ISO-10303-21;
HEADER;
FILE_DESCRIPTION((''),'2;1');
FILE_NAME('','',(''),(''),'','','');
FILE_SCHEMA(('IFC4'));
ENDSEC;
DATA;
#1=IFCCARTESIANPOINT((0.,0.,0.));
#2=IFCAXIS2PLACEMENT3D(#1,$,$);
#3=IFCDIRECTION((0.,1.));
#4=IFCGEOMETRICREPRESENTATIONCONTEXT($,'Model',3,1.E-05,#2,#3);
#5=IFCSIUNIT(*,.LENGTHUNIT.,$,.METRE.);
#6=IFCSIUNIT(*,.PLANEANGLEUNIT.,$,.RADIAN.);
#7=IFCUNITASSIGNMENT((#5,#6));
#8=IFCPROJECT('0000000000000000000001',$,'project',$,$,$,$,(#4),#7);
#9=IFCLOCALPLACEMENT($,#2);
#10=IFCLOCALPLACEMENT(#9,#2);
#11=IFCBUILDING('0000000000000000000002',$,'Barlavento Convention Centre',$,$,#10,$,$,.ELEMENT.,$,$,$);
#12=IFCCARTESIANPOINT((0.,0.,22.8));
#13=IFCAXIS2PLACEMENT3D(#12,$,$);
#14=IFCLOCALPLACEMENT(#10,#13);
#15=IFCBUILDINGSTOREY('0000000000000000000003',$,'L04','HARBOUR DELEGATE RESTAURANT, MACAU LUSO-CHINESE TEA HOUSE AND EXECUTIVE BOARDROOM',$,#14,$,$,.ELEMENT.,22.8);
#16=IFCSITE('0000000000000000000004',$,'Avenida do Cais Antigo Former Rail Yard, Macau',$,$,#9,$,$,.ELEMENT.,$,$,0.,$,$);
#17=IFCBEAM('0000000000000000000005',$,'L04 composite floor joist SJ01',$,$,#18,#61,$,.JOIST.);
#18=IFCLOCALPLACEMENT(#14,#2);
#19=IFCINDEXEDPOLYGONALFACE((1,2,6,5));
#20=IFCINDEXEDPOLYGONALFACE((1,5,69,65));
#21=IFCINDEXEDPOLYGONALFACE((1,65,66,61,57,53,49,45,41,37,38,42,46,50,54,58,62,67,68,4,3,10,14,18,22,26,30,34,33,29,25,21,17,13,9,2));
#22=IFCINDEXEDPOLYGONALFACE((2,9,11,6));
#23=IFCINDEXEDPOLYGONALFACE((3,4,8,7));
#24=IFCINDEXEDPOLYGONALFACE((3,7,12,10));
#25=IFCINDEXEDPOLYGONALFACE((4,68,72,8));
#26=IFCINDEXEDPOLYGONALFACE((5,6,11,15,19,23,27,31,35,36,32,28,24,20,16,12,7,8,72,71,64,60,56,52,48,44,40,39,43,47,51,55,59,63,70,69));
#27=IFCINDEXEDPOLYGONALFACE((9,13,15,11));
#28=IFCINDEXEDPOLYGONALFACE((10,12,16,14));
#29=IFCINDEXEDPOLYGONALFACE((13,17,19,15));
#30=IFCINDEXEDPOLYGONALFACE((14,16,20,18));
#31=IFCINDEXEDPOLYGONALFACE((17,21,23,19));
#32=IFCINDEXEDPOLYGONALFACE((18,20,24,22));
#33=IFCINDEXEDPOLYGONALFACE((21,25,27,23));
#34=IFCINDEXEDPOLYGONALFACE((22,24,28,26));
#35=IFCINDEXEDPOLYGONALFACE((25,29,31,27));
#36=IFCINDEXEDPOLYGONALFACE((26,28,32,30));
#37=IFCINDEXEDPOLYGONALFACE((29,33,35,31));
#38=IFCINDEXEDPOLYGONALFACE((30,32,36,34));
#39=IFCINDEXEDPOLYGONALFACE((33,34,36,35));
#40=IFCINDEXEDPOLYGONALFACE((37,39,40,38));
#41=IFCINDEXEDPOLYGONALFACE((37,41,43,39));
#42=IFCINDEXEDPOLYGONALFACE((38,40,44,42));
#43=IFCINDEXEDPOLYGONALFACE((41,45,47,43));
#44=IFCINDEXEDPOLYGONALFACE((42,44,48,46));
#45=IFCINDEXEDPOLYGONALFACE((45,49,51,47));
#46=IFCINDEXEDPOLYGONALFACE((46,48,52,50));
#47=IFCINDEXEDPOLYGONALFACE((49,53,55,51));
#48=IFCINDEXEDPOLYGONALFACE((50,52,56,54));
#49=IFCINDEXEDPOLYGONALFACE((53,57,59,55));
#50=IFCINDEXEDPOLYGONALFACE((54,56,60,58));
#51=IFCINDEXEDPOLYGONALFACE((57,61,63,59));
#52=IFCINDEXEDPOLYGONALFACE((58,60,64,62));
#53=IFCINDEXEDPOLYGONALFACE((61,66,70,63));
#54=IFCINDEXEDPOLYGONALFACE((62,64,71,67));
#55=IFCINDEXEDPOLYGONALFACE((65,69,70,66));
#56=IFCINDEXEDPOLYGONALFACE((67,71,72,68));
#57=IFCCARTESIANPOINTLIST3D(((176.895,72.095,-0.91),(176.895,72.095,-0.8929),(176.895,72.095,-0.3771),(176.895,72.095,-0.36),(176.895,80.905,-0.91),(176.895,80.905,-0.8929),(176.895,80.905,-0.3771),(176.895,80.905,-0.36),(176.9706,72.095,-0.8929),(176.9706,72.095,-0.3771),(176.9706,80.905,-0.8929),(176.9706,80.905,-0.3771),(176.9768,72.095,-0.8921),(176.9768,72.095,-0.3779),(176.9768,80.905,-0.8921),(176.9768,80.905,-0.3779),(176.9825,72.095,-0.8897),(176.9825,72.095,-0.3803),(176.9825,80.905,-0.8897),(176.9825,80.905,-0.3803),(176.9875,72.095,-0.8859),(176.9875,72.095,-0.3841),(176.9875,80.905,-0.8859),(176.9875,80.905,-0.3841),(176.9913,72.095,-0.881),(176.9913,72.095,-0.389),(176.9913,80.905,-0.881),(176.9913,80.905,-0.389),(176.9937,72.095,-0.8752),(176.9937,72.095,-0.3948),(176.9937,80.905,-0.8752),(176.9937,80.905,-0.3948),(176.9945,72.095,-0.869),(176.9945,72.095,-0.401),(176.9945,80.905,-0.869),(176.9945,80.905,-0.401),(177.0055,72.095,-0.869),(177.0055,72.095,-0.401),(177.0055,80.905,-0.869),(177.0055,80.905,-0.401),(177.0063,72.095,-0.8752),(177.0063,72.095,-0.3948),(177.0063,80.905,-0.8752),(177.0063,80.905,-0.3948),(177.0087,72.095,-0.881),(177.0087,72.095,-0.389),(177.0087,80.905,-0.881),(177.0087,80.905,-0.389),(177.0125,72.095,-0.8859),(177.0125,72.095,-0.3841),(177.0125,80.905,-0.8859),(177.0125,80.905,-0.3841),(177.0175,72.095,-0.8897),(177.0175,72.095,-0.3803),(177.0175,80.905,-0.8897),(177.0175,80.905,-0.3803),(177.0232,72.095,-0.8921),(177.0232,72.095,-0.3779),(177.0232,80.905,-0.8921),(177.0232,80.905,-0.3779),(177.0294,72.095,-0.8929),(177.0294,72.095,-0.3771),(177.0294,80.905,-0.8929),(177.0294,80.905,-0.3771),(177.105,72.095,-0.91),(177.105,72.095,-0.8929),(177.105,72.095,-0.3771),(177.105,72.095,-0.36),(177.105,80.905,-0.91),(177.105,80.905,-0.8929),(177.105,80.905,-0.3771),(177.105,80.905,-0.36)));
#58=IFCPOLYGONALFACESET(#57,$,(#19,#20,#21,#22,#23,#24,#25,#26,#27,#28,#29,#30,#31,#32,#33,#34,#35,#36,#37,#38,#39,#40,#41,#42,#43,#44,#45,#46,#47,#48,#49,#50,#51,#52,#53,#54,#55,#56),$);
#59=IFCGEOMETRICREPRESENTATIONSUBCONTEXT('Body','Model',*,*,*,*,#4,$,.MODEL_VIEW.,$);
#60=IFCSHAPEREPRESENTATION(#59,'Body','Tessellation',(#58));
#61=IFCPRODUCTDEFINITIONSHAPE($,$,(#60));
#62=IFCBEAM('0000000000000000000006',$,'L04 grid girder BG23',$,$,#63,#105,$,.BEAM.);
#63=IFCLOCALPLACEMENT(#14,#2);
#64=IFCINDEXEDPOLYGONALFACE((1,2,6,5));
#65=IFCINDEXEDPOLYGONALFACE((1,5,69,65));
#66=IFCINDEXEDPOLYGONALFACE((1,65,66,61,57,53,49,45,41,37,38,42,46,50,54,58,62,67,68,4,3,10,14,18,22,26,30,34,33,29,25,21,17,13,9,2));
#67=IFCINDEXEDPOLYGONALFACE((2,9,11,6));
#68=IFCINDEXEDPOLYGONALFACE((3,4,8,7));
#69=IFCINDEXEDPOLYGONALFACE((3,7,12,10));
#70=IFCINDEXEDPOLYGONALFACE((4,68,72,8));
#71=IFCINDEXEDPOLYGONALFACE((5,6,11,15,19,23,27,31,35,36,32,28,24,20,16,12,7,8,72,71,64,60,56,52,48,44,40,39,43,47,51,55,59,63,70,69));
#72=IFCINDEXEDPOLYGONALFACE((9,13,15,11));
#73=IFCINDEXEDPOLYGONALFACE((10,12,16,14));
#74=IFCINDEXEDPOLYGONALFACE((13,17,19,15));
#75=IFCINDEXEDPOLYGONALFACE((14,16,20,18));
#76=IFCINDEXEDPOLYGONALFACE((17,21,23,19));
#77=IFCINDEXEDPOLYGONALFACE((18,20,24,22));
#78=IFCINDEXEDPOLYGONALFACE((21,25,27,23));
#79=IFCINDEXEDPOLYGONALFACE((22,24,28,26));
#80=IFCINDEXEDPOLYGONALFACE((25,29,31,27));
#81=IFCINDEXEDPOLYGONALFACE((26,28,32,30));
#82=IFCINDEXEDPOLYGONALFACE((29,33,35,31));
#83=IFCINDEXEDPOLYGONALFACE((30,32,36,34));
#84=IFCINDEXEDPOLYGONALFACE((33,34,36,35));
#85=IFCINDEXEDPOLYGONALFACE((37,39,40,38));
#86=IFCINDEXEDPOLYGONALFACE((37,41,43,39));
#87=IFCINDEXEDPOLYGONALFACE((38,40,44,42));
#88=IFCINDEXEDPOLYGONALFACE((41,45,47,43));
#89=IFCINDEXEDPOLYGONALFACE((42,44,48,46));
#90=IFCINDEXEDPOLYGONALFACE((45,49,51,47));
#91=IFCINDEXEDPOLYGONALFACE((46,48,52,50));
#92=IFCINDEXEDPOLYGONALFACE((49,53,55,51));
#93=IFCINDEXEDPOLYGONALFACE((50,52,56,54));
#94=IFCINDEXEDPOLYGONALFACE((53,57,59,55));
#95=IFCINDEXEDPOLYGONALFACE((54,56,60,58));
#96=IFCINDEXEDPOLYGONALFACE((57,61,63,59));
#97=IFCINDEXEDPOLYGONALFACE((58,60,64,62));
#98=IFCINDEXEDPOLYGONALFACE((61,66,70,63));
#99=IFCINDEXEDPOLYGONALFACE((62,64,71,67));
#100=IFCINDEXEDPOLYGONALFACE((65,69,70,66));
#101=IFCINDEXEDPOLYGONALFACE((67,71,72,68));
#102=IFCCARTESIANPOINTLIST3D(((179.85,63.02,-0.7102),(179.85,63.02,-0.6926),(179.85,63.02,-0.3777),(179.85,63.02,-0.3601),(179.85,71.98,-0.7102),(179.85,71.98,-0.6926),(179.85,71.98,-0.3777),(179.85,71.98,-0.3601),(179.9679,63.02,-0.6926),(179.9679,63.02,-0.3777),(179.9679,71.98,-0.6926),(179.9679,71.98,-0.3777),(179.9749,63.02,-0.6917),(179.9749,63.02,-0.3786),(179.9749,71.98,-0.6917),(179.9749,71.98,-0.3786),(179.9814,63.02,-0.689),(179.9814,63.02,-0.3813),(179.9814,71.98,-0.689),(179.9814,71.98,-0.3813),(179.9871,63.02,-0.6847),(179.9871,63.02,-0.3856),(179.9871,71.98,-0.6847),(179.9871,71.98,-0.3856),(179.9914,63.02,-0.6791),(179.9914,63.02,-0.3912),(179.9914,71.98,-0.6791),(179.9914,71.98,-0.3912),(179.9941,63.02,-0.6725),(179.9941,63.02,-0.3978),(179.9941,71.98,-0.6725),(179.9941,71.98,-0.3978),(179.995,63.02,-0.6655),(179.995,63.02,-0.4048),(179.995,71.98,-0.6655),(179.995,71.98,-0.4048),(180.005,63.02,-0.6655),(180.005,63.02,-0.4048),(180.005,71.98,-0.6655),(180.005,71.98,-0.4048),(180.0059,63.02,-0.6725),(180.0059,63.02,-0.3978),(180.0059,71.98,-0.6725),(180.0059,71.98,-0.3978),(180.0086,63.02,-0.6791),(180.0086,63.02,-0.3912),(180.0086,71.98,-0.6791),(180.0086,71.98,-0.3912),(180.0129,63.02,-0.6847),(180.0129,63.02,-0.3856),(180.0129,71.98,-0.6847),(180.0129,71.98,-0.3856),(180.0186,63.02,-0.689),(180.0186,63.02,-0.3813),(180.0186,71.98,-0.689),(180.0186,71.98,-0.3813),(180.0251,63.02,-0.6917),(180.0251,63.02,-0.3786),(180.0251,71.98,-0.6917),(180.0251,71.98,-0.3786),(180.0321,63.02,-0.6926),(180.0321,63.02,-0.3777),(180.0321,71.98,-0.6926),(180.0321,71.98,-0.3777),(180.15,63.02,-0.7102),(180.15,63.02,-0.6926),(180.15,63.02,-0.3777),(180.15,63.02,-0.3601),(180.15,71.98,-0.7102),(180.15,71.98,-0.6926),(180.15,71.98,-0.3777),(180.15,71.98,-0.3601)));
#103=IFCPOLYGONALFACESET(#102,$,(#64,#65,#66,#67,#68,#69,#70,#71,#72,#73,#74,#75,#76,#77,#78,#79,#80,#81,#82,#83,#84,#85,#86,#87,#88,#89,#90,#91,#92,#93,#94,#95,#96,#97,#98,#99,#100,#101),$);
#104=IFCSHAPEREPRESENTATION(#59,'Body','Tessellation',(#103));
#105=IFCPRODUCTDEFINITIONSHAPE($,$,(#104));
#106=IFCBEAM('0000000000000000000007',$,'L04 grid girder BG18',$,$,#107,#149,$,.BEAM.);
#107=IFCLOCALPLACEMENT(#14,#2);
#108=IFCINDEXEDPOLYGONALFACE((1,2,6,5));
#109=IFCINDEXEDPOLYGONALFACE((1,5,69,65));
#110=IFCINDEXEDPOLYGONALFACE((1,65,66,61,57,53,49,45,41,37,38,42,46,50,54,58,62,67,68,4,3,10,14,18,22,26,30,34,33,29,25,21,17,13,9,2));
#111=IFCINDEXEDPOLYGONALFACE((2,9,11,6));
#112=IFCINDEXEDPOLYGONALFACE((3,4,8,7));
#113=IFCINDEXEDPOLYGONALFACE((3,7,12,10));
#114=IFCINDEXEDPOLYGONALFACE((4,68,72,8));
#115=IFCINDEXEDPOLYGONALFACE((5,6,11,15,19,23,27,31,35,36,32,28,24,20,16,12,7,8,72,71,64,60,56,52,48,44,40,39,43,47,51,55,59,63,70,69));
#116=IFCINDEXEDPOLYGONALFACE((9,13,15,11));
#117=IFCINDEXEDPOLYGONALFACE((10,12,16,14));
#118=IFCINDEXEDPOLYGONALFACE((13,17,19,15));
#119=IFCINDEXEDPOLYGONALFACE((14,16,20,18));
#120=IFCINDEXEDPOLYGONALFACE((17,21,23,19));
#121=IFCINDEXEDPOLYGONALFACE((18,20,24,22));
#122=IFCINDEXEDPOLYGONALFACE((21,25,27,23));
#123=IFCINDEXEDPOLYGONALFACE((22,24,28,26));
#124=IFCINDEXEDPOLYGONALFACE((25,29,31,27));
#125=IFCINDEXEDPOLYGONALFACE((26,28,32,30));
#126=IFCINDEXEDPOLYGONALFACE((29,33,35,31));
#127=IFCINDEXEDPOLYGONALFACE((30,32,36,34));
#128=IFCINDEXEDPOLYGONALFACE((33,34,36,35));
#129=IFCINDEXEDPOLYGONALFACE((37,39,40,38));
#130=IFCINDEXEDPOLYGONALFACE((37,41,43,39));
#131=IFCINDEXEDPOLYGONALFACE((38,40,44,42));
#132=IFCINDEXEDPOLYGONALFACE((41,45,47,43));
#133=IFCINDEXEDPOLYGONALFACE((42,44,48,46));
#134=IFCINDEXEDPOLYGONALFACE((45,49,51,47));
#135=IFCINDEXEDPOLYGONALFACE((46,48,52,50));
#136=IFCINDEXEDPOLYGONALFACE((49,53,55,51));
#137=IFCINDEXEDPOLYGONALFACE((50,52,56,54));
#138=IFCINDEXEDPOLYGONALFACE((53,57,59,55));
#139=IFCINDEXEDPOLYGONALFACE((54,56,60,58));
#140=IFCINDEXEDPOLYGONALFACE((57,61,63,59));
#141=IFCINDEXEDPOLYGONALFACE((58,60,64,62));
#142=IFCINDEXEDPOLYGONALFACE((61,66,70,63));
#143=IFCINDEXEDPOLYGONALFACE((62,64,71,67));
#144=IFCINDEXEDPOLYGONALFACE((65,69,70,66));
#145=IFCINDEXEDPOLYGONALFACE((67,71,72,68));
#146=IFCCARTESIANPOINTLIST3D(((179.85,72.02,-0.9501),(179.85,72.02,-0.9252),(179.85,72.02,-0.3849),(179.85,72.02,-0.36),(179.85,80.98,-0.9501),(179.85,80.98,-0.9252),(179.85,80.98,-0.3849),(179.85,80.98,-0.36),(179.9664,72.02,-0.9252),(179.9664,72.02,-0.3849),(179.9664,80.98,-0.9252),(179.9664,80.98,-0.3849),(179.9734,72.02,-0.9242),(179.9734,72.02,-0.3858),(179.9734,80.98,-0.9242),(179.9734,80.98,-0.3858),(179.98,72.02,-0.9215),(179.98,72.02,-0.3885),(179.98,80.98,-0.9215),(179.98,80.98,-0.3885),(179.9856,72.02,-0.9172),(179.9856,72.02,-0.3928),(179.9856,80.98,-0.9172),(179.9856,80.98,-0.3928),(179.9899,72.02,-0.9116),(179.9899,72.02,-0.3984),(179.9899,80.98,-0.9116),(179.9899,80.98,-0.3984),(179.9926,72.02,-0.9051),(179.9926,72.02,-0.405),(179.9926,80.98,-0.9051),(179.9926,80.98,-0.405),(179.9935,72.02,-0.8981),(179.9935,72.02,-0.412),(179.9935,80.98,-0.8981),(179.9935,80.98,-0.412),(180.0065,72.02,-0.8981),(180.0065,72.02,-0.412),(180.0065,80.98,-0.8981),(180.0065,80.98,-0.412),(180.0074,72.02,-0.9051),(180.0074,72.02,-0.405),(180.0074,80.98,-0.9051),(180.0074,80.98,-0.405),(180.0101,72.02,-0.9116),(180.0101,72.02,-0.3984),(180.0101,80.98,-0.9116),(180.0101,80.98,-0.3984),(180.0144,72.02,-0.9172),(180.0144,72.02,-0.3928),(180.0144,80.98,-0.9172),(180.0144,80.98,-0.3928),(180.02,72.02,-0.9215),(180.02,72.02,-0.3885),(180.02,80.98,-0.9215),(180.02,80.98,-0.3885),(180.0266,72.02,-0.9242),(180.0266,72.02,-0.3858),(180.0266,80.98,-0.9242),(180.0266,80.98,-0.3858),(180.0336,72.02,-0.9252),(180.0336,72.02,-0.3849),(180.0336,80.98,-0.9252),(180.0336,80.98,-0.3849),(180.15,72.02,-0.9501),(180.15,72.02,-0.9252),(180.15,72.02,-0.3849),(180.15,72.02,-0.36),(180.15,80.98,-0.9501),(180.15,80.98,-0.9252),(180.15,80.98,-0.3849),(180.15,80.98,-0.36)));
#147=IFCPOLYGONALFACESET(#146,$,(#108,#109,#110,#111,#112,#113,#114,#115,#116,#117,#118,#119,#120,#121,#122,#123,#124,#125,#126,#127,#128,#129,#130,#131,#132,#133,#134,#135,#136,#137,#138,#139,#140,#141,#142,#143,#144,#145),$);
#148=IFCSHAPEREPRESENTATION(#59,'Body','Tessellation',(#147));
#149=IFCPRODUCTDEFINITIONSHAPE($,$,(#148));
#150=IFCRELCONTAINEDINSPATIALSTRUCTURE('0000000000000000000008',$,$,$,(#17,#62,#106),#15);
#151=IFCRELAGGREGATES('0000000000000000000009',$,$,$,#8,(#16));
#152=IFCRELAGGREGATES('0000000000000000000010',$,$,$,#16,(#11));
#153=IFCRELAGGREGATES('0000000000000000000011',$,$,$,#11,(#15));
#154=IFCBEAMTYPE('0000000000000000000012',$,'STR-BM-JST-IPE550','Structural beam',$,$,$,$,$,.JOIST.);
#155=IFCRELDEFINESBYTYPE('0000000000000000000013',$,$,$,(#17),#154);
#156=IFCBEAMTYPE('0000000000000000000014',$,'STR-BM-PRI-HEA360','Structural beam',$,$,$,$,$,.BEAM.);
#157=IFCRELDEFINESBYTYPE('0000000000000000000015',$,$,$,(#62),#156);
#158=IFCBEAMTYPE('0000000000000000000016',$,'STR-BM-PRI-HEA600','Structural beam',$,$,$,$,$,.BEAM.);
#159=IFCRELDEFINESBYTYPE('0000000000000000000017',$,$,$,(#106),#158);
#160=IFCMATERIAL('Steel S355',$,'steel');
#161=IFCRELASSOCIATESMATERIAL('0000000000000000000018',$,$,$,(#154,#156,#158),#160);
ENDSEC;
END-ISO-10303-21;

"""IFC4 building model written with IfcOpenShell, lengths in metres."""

from ifc_helpers import new_model, si_unit, direction, frame, origin, origin_2d, place, context, subcontext, project, spatial, i_section, extrude, material, material_profile, profile_set, type_object, element, save


model = new_model("IFC4")

# Units and contexts
model_context = context("Model", 3, precision=1e-05, world=origin(), true_north=direction((0.0, 1.0)))
body_context = subcontext(model_context, "Body", "Model", "MODEL_VIEW")
ifc_project = project(units=[si_unit("LENGTHUNIT", "METRE"), si_unit("PLANEANGLEUNIT", "RADIAN")], contexts=[model_context])

# Site, building, storey
site_placement = place(None, origin())
site = spatial("IfcSite", under=ifc_project, at=site_placement, Name="Avenida do Cais Antigo Former Rail Yard, Macau", CompositionType="ELEMENT", RefElevation=0.0)
building_placement = place(site_placement, origin())
building = spatial("IfcBuilding", under=site, at=building_placement, Name="Barlavento Convention Centre", CompositionType="ELEMENT")
storey_placement = place(building_placement, frame((0.0, 0.0, 22.8)))
storey = spatial("IfcBuildingStorey", under=building, at=storey_placement, Name="L04", Description="HARBOUR DELEGATE RESTAURANT, MACAU LUSO-CHINESE TEA HOUSE AND EXECUTIVE BOARDROOM", CompositionType="ELEMENT", Elevation=22.8)

# Shared definitions
ifc_material_1 = material(Name="Steel S355", Category="steel")

# Beams
ifc_material_profile_1 = material_profile(ifc_material_1, i_section(OverallWidth=0.21, OverallDepth=0.55, WebThickness=0.011, FlangeThickness=0.0171, FilletRadius=0.0239, at=origin_2d()), Name="IPE 550")
ifc_profile_set_1 = profile_set([ifc_material_profile_1], Name="Steel S355")
beam_type_1 = type_object("IfcBeamType", Name="STR-BM-JST-IPE550", Description="Structural beam", PredefinedType="JOIST", material=ifc_profile_set_1)
beam_1_placement = place(storey_placement, frame((177.0, 72.095, -0.635), z_axis=(0.0, 1.0, 0.0), x_axis=(-1.0, 0.0, 0.0)))
element("IfcBeam", 1, at=beam_1_placement, inside=storey, type_object=beam_type_1, Name="L04 composite floor joist SJ01", PredefinedType="JOIST", context=body_context, shape_type="SweptSolid", body=[
    extrude(i_section(OverallWidth=0.21, OverallDepth=0.55, WebThickness=0.011, FlangeThickness=0.0171, FilletRadius=0.0239, at=origin_2d()), origin(), (0.0, 0.0, 1.0), 8.8101),
])
ifc_material_profile_2 = material_profile(ifc_material_1, i_section(OverallWidth=0.3, OverallDepth=0.3501, WebThickness=0.01, FlangeThickness=0.0176, FilletRadius=0.0271, at=origin_2d()), Name="HEA 360")
ifc_profile_set_2 = profile_set([ifc_material_profile_2], Name="Steel S355")
beam_type_2 = type_object("IfcBeamType", Name="STR-BM-PRI-HEA360", Description="Structural beam", PredefinedType="BEAM", material=ifc_profile_set_2)
beam_2_placement = place(storey_placement, frame((180.0, 63.02, -0.5352), z_axis=(0.0, 1.0, 0.0), x_axis=(-1.0, 0.0, 0.0)))
element("IfcBeam", 2, at=beam_2_placement, inside=storey, type_object=beam_type_2, Name="L04 grid girder BG23", PredefinedType="BEAM", context=body_context, shape_type="SweptSolid", body=[
    extrude(i_section(OverallWidth=0.3, OverallDepth=0.3501, WebThickness=0.01, FlangeThickness=0.0176, FilletRadius=0.0271, at=origin_2d()), origin(), (0.0, 0.0, 1.0), 8.96),
])
ifc_material_profile_3 = material_profile(ifc_material_1, i_section(OverallWidth=0.3, OverallDepth=0.5901, WebThickness=0.0129, FlangeThickness=0.0249, FilletRadius=0.0271, at=origin_2d()), Name="HEA 600")
ifc_profile_set_3 = profile_set([ifc_material_profile_3], Name="Steel S355")
beam_type_3 = type_object("IfcBeamType", Name="STR-BM-PRI-HEA600", Description="Structural beam", PredefinedType="BEAM", material=ifc_profile_set_3)
beam_3_placement = place(storey_placement, frame((180.0, 72.02, -0.655), z_axis=(0.0, 1.0, 0.0), x_axis=(-1.0, 0.0, 0.0)))
element("IfcBeam", 3, at=beam_3_placement, inside=storey, type_object=beam_type_3, Name="L04 grid girder BG18", PredefinedType="BEAM", context=body_context, shape_type="SweptSolid", body=[
    extrude(i_section(OverallWidth=0.3, OverallDepth=0.5901, WebThickness=0.0129, FlangeThickness=0.0249, FilletRadius=0.0271, at=origin_2d()), origin(), (0.0, 0.0, 1.0), 8.96),
])

save(model, "model.ifc")
